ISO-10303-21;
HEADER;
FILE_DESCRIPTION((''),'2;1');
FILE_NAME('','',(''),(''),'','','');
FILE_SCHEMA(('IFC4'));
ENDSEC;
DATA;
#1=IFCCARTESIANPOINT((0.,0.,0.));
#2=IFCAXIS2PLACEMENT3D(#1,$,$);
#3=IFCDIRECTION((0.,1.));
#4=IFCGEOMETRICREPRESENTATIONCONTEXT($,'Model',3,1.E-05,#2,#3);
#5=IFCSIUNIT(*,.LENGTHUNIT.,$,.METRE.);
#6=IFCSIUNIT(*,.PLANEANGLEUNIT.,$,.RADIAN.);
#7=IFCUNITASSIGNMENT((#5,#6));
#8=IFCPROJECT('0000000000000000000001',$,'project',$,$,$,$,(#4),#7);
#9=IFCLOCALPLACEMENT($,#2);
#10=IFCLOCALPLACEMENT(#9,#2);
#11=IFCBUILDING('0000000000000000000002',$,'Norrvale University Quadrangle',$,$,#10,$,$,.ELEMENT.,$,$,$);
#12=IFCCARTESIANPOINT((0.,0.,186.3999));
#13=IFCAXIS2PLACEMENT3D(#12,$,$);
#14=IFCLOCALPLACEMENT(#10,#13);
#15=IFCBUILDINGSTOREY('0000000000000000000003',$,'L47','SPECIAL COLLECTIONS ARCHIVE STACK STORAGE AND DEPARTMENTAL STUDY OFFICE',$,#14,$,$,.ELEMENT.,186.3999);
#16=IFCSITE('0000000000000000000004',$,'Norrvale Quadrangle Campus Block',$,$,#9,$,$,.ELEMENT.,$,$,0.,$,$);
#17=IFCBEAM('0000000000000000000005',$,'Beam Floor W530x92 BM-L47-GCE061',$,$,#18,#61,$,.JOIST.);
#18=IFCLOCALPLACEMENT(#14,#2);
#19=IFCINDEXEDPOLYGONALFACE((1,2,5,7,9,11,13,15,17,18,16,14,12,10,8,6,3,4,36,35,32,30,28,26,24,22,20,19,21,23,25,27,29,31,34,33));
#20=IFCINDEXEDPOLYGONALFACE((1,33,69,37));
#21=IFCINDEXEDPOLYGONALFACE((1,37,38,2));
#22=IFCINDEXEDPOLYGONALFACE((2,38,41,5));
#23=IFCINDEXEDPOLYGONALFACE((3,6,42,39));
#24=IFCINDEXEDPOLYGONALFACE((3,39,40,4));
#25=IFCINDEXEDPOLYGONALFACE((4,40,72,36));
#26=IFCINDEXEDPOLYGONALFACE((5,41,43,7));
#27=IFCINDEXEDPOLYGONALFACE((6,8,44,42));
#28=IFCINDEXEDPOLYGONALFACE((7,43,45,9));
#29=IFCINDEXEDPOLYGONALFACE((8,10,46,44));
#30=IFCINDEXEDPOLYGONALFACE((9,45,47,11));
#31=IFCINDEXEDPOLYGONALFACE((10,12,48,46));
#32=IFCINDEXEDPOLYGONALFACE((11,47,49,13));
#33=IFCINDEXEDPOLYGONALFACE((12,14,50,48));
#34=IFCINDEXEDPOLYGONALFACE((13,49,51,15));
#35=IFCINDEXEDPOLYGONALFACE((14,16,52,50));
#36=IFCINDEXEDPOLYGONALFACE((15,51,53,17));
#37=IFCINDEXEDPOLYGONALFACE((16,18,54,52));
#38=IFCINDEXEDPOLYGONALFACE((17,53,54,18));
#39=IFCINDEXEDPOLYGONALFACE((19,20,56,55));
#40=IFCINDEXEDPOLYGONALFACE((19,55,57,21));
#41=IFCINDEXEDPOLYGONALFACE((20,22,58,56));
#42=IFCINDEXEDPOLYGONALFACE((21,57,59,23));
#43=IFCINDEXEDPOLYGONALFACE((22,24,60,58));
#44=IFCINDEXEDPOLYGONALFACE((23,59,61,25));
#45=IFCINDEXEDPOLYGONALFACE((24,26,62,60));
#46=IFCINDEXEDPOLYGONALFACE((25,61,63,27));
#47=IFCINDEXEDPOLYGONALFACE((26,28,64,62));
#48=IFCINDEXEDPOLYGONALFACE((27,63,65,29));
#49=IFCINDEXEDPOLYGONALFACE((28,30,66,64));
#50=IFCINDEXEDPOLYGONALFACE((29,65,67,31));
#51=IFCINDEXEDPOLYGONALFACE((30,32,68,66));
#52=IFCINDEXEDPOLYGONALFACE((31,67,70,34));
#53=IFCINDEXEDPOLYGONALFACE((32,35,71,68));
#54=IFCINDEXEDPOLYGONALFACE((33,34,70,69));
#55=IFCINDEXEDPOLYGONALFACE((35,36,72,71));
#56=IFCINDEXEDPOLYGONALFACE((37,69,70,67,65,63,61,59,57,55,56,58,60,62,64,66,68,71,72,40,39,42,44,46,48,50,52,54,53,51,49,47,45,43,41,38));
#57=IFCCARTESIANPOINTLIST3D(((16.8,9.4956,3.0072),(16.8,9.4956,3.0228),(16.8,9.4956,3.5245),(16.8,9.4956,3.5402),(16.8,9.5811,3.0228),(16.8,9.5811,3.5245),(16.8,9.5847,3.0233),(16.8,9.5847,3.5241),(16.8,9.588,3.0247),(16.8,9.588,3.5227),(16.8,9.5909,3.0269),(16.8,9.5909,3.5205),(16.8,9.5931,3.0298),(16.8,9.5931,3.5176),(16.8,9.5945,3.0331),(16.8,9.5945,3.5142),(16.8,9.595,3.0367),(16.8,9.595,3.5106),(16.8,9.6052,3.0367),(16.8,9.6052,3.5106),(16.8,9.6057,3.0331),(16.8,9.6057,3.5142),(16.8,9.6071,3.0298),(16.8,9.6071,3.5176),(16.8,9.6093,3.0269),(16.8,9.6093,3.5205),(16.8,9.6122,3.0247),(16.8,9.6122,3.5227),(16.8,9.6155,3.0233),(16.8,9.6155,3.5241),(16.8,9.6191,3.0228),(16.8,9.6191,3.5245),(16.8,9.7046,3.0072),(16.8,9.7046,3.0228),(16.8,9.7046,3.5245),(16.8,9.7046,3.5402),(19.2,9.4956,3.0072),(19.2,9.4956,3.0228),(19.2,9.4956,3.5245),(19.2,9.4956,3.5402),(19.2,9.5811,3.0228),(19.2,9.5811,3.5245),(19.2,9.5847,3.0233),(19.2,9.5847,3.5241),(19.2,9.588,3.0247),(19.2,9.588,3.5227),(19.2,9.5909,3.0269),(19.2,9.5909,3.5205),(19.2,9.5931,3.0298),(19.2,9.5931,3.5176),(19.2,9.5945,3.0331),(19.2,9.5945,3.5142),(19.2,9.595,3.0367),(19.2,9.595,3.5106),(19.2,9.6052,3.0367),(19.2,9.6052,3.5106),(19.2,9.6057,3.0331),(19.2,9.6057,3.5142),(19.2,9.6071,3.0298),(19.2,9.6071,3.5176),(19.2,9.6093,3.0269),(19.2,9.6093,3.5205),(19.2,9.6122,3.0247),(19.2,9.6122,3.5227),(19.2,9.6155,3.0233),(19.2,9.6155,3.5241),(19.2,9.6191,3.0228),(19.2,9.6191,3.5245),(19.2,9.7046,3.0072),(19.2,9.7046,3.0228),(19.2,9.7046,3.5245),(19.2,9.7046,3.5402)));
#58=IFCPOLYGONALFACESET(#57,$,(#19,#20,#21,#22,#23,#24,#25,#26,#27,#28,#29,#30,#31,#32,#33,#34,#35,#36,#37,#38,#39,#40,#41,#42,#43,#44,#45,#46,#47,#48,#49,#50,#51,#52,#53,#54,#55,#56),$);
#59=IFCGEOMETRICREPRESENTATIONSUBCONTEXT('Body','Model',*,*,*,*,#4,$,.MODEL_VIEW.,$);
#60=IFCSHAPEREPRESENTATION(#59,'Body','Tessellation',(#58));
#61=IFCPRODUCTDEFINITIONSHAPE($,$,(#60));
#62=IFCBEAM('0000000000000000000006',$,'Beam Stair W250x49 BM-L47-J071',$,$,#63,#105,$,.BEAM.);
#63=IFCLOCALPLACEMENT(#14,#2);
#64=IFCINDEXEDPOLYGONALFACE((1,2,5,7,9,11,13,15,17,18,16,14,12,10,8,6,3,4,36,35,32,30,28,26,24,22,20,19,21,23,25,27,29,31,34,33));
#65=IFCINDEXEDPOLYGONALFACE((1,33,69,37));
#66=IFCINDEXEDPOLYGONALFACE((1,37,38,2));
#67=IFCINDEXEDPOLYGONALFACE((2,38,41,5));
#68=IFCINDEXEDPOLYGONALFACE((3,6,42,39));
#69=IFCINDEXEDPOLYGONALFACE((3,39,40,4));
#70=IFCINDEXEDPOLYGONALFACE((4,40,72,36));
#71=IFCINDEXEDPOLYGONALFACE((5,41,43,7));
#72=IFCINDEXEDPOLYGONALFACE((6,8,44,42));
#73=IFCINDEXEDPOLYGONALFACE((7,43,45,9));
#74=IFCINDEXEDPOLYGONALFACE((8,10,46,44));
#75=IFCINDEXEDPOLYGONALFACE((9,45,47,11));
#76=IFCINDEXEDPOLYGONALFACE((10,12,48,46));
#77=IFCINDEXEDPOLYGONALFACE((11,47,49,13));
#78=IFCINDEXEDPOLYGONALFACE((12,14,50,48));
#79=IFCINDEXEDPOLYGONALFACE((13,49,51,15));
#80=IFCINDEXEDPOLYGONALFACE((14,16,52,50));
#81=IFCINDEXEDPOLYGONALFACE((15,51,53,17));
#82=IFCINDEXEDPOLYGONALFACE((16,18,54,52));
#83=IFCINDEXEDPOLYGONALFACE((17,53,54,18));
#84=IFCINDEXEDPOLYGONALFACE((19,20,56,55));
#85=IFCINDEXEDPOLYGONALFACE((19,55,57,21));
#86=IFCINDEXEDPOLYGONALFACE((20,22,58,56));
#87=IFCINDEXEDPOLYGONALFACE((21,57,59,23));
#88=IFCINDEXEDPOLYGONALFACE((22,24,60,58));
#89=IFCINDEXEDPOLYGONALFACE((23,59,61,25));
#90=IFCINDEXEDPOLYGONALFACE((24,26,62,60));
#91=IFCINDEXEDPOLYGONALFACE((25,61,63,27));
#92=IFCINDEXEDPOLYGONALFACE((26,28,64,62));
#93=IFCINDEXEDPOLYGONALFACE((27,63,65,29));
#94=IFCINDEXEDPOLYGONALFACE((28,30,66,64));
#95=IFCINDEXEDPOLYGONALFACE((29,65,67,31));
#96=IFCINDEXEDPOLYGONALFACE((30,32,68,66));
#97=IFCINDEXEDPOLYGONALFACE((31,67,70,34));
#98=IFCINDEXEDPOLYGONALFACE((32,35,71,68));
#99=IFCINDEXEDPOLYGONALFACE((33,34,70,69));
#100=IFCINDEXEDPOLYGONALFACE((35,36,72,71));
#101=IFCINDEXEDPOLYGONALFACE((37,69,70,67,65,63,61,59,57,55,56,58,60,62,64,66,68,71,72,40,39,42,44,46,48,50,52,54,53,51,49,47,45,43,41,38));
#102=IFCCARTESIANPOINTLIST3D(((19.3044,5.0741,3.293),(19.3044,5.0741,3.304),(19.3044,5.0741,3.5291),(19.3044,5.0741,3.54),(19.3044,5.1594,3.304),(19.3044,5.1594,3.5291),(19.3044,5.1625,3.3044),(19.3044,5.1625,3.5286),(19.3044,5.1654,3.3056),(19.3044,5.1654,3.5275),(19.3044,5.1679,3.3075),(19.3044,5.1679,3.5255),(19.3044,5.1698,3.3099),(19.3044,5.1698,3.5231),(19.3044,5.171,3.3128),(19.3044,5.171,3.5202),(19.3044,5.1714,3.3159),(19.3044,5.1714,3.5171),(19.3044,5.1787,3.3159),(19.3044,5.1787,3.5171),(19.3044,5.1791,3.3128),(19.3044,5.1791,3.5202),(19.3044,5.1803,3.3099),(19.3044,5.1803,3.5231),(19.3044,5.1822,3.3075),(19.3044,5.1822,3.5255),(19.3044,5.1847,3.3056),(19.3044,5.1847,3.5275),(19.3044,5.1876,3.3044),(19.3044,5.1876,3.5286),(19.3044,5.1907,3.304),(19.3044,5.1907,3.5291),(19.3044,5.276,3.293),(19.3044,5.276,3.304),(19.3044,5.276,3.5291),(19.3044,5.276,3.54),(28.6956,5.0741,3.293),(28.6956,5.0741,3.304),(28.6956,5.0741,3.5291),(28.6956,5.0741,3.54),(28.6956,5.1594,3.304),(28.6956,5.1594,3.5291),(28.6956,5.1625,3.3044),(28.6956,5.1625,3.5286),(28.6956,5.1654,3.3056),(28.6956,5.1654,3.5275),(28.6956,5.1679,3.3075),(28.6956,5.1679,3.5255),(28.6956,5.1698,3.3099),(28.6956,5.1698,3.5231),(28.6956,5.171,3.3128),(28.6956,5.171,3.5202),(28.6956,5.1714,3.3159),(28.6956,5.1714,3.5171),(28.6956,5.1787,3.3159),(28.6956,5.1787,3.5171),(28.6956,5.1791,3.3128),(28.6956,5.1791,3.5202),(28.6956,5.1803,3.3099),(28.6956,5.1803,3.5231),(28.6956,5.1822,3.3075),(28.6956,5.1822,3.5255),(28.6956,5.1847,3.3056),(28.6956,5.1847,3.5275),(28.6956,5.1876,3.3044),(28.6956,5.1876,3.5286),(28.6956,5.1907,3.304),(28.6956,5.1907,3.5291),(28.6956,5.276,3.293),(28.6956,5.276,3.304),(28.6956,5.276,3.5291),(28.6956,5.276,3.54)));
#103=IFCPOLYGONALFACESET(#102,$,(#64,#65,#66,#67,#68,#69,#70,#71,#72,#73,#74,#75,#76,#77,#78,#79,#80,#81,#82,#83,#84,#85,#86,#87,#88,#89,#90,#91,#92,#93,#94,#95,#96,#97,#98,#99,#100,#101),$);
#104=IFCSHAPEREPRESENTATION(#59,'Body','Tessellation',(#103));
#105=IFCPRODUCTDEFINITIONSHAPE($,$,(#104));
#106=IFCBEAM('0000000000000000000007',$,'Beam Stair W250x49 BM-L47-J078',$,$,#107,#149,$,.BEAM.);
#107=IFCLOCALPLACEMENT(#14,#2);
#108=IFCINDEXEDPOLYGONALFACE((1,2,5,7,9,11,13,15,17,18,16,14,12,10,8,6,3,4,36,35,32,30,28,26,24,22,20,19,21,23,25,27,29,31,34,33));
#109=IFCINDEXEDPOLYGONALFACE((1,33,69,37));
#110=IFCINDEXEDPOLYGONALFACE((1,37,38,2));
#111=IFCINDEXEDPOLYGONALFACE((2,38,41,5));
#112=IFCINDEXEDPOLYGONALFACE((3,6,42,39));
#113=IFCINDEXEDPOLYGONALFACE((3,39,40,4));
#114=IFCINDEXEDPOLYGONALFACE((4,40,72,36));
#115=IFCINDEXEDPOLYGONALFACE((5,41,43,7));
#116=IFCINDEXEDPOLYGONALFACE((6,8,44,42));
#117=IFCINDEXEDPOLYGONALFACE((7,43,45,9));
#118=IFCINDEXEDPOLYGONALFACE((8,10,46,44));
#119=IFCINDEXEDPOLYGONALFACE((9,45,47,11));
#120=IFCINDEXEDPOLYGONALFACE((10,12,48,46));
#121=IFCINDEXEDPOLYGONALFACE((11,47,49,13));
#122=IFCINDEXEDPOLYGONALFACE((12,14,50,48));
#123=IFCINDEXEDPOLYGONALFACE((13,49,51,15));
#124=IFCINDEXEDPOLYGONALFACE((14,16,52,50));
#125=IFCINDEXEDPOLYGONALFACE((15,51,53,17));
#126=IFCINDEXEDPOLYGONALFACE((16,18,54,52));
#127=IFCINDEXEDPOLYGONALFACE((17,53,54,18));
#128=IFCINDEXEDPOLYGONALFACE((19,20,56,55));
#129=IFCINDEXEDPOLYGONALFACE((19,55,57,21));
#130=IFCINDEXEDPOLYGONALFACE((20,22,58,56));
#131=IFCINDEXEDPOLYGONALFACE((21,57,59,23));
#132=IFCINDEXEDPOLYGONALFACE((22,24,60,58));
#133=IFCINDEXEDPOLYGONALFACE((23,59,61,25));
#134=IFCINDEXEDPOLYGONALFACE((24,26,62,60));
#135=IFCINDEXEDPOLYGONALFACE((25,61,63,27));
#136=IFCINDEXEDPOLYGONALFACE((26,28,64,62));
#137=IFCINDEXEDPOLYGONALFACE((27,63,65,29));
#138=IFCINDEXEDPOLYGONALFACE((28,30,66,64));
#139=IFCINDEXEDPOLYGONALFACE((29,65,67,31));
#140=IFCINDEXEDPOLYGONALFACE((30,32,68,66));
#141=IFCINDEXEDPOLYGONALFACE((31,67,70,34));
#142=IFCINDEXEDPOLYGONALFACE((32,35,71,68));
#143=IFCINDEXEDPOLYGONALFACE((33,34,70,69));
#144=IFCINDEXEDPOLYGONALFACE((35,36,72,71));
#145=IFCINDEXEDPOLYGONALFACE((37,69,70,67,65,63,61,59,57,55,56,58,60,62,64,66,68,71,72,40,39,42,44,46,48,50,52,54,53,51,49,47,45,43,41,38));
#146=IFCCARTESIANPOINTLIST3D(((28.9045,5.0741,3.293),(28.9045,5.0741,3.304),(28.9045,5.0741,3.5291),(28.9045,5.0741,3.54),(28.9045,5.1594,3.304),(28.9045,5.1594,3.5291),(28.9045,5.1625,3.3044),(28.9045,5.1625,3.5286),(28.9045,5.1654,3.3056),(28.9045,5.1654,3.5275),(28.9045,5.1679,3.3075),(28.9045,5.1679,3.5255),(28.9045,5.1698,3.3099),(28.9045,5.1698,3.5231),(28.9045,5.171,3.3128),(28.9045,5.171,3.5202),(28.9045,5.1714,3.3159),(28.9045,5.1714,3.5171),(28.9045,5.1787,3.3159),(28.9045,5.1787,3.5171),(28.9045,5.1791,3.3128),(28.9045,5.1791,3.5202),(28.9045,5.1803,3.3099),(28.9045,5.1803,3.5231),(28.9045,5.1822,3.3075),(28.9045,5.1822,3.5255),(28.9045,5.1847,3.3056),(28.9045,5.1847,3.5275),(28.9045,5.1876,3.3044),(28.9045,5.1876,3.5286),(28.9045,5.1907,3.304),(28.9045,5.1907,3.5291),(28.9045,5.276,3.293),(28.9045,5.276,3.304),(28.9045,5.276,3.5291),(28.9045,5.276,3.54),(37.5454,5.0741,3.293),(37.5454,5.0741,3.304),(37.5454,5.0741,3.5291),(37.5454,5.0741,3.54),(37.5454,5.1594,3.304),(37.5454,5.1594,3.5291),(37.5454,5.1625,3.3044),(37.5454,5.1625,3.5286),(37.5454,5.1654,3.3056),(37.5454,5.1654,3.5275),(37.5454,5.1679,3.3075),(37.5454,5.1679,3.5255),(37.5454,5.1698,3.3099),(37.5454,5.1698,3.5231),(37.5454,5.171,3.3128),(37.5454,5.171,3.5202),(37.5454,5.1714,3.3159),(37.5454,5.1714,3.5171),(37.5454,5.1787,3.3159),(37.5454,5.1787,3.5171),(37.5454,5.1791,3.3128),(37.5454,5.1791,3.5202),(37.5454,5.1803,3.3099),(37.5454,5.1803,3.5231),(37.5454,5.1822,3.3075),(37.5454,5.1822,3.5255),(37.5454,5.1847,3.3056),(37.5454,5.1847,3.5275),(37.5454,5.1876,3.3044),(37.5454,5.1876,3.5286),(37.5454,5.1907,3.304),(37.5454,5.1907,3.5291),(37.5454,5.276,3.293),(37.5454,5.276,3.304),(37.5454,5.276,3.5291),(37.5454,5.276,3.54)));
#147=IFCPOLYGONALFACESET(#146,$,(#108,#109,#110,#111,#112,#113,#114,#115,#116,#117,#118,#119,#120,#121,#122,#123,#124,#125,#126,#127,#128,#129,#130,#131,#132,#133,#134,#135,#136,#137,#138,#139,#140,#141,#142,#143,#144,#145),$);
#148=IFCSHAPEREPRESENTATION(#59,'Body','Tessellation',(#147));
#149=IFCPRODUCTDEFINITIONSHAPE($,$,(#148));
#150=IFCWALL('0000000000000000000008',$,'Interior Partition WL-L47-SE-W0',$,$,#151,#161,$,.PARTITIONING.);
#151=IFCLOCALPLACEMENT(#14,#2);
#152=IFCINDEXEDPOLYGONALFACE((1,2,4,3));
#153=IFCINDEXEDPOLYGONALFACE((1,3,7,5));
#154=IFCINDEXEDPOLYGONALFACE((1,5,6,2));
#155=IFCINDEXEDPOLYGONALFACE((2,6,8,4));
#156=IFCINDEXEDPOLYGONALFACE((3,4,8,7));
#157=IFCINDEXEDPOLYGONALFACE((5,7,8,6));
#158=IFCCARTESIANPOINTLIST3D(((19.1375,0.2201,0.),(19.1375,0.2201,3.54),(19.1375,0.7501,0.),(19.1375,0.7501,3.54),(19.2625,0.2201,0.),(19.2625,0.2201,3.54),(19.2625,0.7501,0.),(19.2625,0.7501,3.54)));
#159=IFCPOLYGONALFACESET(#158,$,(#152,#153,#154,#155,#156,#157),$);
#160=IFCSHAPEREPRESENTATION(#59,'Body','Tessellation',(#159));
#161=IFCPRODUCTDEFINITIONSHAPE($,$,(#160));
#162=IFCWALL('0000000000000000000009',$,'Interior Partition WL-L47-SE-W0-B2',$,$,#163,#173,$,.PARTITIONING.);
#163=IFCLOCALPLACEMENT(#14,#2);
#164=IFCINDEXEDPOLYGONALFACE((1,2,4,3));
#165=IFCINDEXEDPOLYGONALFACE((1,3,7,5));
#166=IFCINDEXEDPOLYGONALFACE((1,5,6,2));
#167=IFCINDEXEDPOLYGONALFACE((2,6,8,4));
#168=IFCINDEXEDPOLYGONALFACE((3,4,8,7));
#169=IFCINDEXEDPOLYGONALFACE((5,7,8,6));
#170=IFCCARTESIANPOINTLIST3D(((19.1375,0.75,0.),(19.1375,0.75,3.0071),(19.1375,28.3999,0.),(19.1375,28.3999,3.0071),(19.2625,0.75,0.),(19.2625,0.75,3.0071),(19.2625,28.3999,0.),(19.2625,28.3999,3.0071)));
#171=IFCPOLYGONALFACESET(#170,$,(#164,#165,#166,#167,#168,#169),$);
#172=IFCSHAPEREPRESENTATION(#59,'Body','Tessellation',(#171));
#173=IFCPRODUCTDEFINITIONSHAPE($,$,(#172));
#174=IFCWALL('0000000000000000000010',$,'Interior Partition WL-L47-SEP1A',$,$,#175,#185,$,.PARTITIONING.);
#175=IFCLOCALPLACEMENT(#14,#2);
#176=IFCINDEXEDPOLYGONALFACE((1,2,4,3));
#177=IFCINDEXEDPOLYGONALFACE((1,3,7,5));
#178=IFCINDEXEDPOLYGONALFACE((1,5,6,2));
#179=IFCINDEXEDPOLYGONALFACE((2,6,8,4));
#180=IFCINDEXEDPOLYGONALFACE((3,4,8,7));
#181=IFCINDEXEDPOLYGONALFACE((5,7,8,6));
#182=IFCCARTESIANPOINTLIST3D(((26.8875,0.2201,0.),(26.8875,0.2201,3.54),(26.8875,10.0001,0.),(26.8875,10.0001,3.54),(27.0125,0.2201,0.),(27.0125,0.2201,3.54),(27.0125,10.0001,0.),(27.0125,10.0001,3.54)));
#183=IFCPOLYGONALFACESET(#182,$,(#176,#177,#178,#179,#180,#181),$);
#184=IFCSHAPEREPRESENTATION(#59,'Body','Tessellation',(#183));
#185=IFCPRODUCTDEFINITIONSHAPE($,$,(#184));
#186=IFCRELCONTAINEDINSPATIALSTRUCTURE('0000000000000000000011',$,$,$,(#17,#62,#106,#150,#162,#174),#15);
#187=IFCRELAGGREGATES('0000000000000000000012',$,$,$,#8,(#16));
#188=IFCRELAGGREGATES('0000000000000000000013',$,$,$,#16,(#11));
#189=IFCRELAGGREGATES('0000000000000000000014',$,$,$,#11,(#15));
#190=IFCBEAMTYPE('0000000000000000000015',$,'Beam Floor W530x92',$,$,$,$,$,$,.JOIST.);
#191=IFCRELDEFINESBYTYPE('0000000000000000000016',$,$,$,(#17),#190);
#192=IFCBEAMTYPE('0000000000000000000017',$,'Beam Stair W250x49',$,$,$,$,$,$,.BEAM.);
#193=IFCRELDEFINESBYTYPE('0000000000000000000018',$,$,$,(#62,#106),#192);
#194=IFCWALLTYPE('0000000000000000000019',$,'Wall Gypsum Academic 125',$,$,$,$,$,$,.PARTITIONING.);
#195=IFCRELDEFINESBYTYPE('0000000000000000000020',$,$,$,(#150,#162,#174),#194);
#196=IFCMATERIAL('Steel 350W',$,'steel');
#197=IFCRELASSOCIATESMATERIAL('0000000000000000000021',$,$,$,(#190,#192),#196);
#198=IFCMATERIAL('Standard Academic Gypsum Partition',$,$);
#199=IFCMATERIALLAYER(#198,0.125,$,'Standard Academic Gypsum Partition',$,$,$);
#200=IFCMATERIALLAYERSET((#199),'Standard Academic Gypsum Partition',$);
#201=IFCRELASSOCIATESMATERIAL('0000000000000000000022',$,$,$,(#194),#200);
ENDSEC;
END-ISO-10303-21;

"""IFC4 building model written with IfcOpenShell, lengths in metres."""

from ifc_helpers import new_model, si_unit, direction, frame, frame_2d, origin, origin_2d, place, context, subcontext, project, spatial, rectangle, i_section, extrude, material, layer, layer_set, material_profile, profile_set, type_object, element, save


model = new_model("IFC4")

# Units and contexts
model_context = context("Model", 3, precision=1e-05, world=origin(), true_north=direction((0.0, 1.0)))
body_context = subcontext(model_context, "Body", "Model", "MODEL_VIEW")
ifc_project = project(units=[si_unit("LENGTHUNIT", "METRE"), si_unit("PLANEANGLEUNIT", "RADIAN")], contexts=[model_context])

# Site, building, storey
site_placement = place(None, origin())
site = spatial("IfcSite", under=ifc_project, at=site_placement, Name="Norrvale Quadrangle Campus Block", CompositionType="ELEMENT", RefElevation=0.0)
building_placement = place(site_placement, origin())
building = spatial("IfcBuilding", under=site, at=building_placement, Name="Norrvale University Quadrangle", CompositionType="ELEMENT")
storey_placement = place(building_placement, frame((0.0, 0.0, 186.3999)))
storey = spatial("IfcBuildingStorey", under=building, at=storey_placement, Name="L47", Description="SPECIAL COLLECTIONS ARCHIVE STACK STORAGE AND DEPARTMENTAL STUDY OFFICE", CompositionType="ELEMENT", Elevation=186.3999)

# Beams
ifc_material_1 = material(Name="Steel 350W", Category="steel")
ifc_material_profile_1 = material_profile(ifc_material_1, i_section(OverallWidth=0.209, OverallDepth=0.533, WebThickness=0.0103, FlangeThickness=0.0156, FilletRadius=0.0139, at=origin_2d()), Name="Steel 350W")
ifc_profile_set_1 = profile_set([ifc_material_profile_1], Name="Steel 350W")
beam_type_1 = type_object("IfcBeamType", Name="Beam Floor W530x92", PredefinedType="JOIST", material=ifc_profile_set_1)
beam_1_placement = place(storey_placement, frame((16.8, 9.6001, 3.2737), z_axis=(1.0, 0.0, 0.0), x_axis=(0.0, 1.0, 0.0)))
element("IfcBeam", 1, at=beam_1_placement, inside=storey, type_object=beam_type_1, Name="Beam Floor W530x92 BM-L47-GCE061", PredefinedType="JOIST", context=body_context, shape_type="SweptSolid", body=[
    extrude(i_section(OverallWidth=0.209, OverallDepth=0.533, WebThickness=0.0103, FlangeThickness=0.0156, FilletRadius=0.0139, at=origin_2d()), origin(), (0.0, 0.0, 1.0), 2.3999),
])
ifc_material_profile_2 = material_profile(ifc_material_1, i_section(OverallWidth=0.2019, OverallDepth=0.2471, WebThickness=0.0073, FlangeThickness=0.011, FilletRadius=0.012, at=origin_2d()), Name="Steel 350W")
ifc_profile_set_2 = profile_set([ifc_material_profile_2], Name="Steel 350W")
beam_type_2 = type_object("IfcBeamType", Name="Beam Stair W250x49", PredefinedType="BEAM", material=ifc_profile_set_2)
beam_2_placement = place(storey_placement, frame((19.3044, 5.175, 3.4165), z_axis=(1.0, 0.0, 0.0), x_axis=(0.0, 1.0, 0.0)))
element("IfcBeam", 2, at=beam_2_placement, inside=storey, type_object=beam_type_2, Name="Beam Stair W250x49 BM-L47-J071", PredefinedType="BEAM", context=body_context, shape_type="SweptSolid", body=[
    extrude(i_section(OverallWidth=0.2019, OverallDepth=0.2471, WebThickness=0.0073, FlangeThickness=0.011, FilletRadius=0.012, at=origin_2d()), origin(), (0.0, 0.0, 1.0), 9.3911),
])
beam_3_placement = place(storey_placement, frame((28.9045, 5.175, 3.4165), z_axis=(1.0, 0.0, 0.0), x_axis=(0.0, 1.0, 0.0)))
element("IfcBeam", 3, at=beam_3_placement, inside=storey, type_object=beam_type_2, Name="Beam Stair W250x49 BM-L47-J078", PredefinedType="BEAM", context=body_context, shape_type="SweptSolid", body=[
    extrude(i_section(OverallWidth=0.2019, OverallDepth=0.2471, WebThickness=0.0073, FlangeThickness=0.011, FilletRadius=0.012, at=origin_2d()), origin(), (0.0, 0.0, 1.0), 8.6409),
])

# Walls
ifc_material_2 = material(Name="Standard Academic Gypsum Partition")
ifc_layer_1 = layer(ifc_material_2, 0.125, Name="Standard Academic Gypsum Partition")
ifc_layer_set_1 = layer_set([ifc_layer_1], Name="Standard Academic Gypsum Partition")
wall_type_1 = type_object("IfcWallType", Name="Wall Gypsum Academic 125", PredefinedType="PARTITIONING", material=ifc_layer_set_1)
wall_1_placement = place(storey_placement, frame((19.2, 0.22, 0.0), z_axis=(0.0, 0.0, 1.0), x_axis=(0.0, 1.0, 0.0)))
element("IfcWall", 4, at=wall_1_placement, inside=storey, type_object=wall_type_1, Name="Interior Partition WL-L47-SE-W0", PredefinedType="PARTITIONING", context=body_context, shape_type="SweptSolid", body=[
    extrude(rectangle(XDim=0.53, YDim=0.125, at=frame_2d((0.2651, 0.0))), origin(), (0.0, 0.0, 1.0), 3.54),
])
wall_2_placement = place(storey_placement, frame((19.2, 0.75, 0.0), z_axis=(0.0, 0.0, 1.0), x_axis=(0.0, 1.0, 0.0)))
element("IfcWall", 5, at=wall_2_placement, inside=storey, type_object=wall_type_1, Name="Interior Partition WL-L47-SE-W0-B2", PredefinedType="PARTITIONING", context=body_context, shape_type="SweptSolid", body=[
    extrude(rectangle(XDim=27.6499, YDim=0.125, at=frame_2d((13.825, 0.0))), origin(), (0.0, 0.0, 1.0), 3.0071),
])
wall_3_placement = place(storey_placement, frame((26.95, 0.22, 0.0), z_axis=(0.0, 0.0, 1.0), x_axis=(0.0, 1.0, 0.0)))
element("IfcWall", 6, at=wall_3_placement, inside=storey, type_object=wall_type_1, Name="Interior Partition WL-L47-SEP1A", PredefinedType="PARTITIONING", context=body_context, shape_type="SweptSolid", body=[
    extrude(rectangle(XDim=9.78, YDim=0.125, at=frame_2d((4.8901, 0.0))), origin(), (0.0, 0.0, 1.0), 3.54),
])

save(model, "model.ifc")
